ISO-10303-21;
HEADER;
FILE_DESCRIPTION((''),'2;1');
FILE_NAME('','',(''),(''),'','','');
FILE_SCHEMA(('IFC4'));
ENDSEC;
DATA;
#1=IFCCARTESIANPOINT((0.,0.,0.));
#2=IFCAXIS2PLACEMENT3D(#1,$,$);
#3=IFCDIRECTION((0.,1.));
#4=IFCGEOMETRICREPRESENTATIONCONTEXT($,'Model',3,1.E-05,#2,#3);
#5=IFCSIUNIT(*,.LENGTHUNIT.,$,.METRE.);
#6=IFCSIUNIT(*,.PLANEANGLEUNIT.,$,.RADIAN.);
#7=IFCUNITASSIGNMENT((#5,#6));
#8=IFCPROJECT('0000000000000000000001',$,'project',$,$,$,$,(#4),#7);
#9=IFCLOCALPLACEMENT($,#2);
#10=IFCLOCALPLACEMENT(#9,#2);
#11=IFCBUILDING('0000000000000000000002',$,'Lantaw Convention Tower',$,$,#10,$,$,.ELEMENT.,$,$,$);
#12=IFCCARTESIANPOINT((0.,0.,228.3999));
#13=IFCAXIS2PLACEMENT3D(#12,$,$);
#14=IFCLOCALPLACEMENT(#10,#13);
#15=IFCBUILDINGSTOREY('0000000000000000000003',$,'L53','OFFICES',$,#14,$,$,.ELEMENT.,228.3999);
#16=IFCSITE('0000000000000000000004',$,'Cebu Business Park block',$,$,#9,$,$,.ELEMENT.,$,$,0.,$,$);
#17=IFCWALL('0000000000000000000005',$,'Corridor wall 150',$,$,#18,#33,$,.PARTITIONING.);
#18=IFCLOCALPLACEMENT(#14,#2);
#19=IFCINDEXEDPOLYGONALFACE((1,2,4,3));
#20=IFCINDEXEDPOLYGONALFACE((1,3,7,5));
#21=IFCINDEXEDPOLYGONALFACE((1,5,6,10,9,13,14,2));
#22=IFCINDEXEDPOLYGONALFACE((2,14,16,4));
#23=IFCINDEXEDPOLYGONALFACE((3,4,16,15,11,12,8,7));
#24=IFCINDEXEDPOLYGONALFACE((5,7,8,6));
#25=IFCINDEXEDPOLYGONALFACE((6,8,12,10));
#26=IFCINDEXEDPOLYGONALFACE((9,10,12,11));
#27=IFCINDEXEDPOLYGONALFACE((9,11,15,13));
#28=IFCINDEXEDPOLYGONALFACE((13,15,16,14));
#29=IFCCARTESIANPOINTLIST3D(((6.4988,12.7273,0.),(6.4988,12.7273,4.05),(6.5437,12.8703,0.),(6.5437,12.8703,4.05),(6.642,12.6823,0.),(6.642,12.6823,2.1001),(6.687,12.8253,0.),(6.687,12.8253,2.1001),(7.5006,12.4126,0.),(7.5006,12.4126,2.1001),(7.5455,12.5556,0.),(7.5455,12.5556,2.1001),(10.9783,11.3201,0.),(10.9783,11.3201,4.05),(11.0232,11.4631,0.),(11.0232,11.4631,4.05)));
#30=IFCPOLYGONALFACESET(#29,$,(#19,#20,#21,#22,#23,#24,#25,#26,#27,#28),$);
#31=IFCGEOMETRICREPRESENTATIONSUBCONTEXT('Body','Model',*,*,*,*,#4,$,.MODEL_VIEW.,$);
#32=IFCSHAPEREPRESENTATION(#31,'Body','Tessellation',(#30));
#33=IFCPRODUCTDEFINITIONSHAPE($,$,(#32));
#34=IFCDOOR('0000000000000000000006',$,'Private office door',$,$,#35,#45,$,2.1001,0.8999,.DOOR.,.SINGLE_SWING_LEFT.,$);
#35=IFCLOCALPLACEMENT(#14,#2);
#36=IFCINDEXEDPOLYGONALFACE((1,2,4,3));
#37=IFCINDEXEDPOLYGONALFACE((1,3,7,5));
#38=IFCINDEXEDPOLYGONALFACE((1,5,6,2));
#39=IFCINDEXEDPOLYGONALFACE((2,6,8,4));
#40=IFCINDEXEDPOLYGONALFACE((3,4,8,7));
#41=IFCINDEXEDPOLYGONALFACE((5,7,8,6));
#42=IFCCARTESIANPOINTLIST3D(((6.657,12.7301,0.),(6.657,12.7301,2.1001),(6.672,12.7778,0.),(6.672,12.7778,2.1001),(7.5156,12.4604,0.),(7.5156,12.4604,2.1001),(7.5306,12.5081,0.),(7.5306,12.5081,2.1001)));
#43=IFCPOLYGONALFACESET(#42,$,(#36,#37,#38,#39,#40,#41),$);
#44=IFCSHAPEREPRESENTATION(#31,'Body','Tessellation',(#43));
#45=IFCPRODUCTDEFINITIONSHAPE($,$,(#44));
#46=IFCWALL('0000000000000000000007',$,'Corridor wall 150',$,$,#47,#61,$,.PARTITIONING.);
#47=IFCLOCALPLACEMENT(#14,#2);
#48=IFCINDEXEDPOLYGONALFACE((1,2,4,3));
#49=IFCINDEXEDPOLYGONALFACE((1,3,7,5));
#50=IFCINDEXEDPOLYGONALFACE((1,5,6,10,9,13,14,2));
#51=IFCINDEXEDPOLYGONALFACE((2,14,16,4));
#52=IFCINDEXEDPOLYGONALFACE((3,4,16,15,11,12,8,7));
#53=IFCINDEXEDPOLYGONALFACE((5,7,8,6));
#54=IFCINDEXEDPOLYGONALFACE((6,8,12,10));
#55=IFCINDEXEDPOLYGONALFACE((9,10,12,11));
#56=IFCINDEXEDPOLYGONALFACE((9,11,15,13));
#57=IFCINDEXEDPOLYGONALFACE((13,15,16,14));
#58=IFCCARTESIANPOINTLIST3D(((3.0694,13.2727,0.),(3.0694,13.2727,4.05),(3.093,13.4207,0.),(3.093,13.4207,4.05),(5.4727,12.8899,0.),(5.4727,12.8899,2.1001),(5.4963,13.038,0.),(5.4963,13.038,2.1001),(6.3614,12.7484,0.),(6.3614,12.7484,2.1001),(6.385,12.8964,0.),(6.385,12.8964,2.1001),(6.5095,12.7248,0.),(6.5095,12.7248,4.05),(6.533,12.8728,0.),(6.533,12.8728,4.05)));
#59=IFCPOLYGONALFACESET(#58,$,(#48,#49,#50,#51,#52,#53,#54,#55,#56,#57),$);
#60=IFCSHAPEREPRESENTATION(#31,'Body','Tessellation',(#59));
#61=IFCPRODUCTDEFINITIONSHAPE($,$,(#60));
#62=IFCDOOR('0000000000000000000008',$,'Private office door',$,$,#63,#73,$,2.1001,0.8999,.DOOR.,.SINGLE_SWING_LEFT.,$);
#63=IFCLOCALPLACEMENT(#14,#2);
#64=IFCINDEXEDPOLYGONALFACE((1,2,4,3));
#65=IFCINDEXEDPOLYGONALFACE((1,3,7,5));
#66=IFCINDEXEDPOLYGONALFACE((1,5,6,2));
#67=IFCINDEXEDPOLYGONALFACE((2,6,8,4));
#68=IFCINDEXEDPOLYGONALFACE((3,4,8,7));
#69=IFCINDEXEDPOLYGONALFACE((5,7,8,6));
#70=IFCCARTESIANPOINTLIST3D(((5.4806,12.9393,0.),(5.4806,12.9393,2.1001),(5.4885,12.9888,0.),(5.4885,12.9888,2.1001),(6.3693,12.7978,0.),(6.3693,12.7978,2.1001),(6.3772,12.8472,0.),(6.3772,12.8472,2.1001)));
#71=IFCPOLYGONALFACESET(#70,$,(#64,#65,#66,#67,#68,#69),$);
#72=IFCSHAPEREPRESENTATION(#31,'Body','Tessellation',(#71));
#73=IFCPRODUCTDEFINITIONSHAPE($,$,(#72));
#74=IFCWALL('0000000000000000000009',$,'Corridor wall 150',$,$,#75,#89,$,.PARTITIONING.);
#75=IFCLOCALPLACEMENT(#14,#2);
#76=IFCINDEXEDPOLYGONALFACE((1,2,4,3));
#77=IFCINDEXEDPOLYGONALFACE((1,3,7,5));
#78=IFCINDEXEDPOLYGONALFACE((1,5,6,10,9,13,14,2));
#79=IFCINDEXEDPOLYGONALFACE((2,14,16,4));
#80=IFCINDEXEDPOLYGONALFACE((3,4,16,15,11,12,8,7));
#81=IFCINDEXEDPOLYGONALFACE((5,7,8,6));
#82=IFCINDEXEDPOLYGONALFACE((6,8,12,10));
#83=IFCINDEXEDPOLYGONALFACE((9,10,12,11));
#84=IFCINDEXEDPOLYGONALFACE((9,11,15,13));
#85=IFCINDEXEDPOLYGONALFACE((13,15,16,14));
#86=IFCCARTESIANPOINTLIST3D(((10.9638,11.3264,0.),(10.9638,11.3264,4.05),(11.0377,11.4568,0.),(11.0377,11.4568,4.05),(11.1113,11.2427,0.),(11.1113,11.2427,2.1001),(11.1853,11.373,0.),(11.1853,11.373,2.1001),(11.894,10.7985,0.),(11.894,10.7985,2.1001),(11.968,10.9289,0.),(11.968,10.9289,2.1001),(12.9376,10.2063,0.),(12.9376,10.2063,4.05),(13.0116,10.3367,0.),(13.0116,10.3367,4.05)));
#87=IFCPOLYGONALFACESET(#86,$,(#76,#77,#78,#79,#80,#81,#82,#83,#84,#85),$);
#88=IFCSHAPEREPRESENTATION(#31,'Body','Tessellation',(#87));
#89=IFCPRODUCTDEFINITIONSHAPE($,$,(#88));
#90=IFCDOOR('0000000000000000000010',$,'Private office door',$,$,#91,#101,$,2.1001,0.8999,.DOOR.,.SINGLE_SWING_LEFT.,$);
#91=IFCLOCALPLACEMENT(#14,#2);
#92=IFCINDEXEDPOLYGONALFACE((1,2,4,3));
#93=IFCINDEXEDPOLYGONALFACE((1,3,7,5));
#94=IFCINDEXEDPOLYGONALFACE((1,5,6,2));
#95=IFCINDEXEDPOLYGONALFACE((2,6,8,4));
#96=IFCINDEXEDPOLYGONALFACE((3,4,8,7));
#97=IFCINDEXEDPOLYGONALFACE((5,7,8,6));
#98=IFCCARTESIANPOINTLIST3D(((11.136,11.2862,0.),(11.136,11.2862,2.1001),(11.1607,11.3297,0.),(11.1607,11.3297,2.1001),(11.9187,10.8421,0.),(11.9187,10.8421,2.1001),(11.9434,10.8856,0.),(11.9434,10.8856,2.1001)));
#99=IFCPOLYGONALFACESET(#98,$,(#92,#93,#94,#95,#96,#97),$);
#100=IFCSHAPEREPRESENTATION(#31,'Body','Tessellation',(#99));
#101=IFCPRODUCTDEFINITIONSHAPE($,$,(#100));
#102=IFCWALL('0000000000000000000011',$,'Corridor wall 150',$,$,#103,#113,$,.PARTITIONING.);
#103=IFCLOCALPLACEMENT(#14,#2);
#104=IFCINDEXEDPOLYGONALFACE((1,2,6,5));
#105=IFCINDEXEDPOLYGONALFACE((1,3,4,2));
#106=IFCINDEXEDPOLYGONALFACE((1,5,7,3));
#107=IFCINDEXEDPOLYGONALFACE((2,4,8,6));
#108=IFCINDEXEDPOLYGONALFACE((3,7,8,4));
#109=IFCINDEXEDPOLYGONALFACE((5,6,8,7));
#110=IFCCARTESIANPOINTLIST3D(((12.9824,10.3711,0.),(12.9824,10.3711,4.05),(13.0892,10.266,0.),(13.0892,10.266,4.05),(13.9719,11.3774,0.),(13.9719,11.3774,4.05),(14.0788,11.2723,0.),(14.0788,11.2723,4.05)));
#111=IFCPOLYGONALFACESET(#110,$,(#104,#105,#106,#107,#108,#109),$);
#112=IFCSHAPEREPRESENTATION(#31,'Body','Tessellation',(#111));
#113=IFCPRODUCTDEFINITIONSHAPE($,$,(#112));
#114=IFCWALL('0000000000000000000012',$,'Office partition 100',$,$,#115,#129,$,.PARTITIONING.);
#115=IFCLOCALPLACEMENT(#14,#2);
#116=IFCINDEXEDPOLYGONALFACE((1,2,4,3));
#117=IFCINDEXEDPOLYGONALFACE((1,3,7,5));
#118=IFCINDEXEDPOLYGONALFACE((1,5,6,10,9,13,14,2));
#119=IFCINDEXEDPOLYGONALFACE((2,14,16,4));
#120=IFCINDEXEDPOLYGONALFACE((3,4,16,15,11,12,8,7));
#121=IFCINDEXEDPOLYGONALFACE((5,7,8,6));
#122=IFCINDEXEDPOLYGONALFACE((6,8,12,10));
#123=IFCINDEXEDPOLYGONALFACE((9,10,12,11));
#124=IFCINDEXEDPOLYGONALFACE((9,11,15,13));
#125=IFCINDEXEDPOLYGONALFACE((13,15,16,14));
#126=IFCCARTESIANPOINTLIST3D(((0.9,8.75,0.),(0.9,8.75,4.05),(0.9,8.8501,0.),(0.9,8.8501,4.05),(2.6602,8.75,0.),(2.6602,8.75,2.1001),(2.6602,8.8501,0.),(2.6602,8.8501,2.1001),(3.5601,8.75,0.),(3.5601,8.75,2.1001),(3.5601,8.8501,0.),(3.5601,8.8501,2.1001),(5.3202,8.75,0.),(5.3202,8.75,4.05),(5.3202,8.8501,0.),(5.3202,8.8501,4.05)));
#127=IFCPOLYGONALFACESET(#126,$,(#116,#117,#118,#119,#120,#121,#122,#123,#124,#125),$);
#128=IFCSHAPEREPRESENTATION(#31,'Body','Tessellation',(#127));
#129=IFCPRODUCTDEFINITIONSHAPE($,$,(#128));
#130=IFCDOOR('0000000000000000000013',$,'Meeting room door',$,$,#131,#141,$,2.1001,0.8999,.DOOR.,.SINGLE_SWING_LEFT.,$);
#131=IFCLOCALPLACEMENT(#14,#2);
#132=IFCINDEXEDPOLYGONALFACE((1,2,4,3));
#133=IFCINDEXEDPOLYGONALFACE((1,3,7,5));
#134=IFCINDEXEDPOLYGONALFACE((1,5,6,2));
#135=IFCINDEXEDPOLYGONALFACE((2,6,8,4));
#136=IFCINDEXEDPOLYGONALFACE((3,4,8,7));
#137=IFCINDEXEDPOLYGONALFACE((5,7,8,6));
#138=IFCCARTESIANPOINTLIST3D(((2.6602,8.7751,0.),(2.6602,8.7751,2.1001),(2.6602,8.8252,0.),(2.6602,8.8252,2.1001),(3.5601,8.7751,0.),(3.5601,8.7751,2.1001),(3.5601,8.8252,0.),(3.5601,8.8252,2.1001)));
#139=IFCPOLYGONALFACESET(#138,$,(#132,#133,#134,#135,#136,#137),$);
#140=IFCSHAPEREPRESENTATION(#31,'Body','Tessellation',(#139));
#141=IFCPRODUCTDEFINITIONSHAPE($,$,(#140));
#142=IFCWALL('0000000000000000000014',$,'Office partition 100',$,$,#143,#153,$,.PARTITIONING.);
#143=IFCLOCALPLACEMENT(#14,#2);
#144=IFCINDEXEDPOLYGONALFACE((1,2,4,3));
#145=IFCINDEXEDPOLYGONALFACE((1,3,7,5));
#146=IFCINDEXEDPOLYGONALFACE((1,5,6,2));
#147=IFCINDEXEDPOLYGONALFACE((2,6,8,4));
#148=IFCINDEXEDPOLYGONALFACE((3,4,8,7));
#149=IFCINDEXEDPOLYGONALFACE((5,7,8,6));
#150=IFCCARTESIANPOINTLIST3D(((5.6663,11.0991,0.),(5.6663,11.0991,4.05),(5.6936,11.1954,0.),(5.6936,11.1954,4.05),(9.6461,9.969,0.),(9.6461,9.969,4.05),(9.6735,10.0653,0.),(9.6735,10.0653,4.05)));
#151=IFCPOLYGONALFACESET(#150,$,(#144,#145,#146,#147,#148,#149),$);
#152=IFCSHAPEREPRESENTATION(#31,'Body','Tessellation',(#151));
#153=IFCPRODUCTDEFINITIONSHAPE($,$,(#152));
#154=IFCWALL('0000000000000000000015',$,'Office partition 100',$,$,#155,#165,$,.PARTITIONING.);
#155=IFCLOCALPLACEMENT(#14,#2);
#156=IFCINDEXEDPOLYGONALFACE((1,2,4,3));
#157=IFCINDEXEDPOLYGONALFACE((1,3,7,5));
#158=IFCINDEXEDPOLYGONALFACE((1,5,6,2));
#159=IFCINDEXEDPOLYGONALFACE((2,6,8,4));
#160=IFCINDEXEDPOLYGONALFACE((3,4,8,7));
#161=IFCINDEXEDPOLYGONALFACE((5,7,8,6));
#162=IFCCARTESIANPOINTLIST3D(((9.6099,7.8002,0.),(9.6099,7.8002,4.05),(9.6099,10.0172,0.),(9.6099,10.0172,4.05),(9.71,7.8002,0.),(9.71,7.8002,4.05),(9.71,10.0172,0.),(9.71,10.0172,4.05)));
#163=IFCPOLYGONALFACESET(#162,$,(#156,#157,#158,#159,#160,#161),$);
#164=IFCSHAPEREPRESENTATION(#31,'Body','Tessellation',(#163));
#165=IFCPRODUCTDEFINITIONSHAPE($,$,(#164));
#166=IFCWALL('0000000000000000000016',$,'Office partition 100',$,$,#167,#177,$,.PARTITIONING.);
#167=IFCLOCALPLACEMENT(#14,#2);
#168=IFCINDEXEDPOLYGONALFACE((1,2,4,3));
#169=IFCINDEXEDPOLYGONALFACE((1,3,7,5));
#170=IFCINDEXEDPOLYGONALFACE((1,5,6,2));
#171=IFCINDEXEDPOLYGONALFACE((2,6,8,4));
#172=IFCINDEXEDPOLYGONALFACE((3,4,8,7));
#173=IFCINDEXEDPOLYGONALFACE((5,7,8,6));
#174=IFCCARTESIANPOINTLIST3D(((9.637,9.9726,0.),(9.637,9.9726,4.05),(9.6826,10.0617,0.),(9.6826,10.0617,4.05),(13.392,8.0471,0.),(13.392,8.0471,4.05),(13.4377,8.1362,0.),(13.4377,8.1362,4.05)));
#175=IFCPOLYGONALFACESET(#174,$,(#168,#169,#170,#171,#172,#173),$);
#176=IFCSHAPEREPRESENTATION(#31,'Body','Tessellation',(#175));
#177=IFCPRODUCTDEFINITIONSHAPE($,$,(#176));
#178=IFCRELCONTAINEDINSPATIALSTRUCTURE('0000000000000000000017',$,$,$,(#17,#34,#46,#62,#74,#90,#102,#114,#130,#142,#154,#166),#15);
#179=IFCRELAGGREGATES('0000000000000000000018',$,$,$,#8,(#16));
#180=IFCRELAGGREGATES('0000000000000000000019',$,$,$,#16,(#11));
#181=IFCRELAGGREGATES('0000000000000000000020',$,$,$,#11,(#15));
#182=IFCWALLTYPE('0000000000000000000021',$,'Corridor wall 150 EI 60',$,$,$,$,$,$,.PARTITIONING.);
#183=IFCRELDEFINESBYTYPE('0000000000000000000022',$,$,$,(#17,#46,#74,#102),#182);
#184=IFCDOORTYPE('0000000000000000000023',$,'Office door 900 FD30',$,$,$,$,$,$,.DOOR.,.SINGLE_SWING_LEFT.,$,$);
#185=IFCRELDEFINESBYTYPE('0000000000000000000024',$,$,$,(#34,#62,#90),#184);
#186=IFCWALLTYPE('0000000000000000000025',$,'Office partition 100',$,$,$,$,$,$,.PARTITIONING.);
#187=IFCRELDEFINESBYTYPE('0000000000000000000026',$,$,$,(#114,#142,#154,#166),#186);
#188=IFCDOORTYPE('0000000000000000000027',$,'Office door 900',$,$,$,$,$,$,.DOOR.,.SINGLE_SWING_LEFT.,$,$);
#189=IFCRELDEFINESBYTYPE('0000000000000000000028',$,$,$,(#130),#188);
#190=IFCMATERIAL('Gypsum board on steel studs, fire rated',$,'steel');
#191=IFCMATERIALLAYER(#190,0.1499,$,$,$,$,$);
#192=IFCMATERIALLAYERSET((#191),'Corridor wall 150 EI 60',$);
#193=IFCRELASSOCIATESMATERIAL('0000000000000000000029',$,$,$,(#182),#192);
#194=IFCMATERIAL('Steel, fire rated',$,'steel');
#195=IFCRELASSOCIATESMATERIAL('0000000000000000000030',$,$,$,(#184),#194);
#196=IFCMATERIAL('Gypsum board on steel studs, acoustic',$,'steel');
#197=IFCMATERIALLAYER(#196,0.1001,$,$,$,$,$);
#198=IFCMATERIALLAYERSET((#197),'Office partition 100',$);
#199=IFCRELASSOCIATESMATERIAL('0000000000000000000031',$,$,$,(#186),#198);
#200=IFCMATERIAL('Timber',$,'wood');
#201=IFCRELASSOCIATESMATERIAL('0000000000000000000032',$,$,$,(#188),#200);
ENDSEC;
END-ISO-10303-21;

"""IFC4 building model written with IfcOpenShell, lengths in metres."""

from ifc_helpers import new_model, si_unit, direction, frame, frame_2d, origin, place, context, subcontext, project, spatial, rectangle, extrude, material, layer, layer_set, type_object, element, fill, save


model = new_model("IFC4")

# Units and contexts
model_context = context("Model", 3, precision=1e-05, world=origin(), true_north=direction((0.0, 1.0)))
body_context = subcontext(model_context, "Body", "Model", "MODEL_VIEW")
ifc_project = project(units=[si_unit("LENGTHUNIT", "METRE"), si_unit("PLANEANGLEUNIT", "RADIAN")], contexts=[model_context])

# Site, building, storey
site_placement = place(None, origin())
site = spatial("IfcSite", under=ifc_project, at=site_placement, Name="Cebu Business Park block", CompositionType="ELEMENT", RefElevation=0.0)
building_placement = place(site_placement, origin())
building = spatial("IfcBuilding", under=site, at=building_placement, Name="Lantaw Convention Tower", CompositionType="ELEMENT")
storey_placement = place(building_placement, frame((0.0, 0.0, 228.3999)))
storey = spatial("IfcBuildingStorey", under=building, at=storey_placement, Name="L53", Description="OFFICES", CompositionType="ELEMENT", Elevation=228.3999)

# Walls, openings, doors
ifc_material_1 = material(Name="Gypsum board on steel studs, fire rated", Category="steel")
ifc_layer_1 = layer(ifc_material_1, 0.1499)
ifc_layer_set_1 = layer_set([ifc_layer_1], Name="Corridor wall 150 EI 60")
wall_type_1 = type_object("IfcWallType", Name="Corridor wall 150 EI 60", PredefinedType="PARTITIONING", material=ifc_layer_set_1)
wall_1_placement = place(storey_placement, frame((11.0007, 11.3916, 0.0), z_axis=(0.0, 0.0, 1.0), x_axis=(-0.954031, 0.299708, 0.0)))
wall_1 = element("IfcWall", 1, at=wall_1_placement, inside=storey, type_object=wall_type_1, Name="Corridor wall 150", PredefinedType="PARTITIONING", context=body_context, shape_type="SweptSolid", body=[
    extrude(rectangle(XDim=4.6953, YDim=0.1499, at=frame_2d((2.3477, 0.0))), origin(), (0.0, 0.0, 1.0), 4.05),
])
opening_1_placement = place(wall_1_placement, frame((3.6453, 0.0, 0.0)))
opening_1 = element("IfcOpeningElement", 2, at=opening_1_placement, cuts=wall_1, PredefinedType="OPENING", context=body_context, shape_type="SweptSolid", body=[
    extrude(rectangle(XDim=0.8999, YDim=2.1001, at=frame_2d((0.45, 1.05))), frame((0.0, 0.085, 0.0), z_axis=(0.0, -1.0, 0.0), x_axis=(1.0, 0.0, 0.0)), (0.0, 0.0, 1.0), 0.1699),
])
ifc_material_2 = material(Name="Steel, fire rated", Category="steel")
door_type_1 = type_object("IfcDoorType", Name="Office door 900 FD30", OperationType="SINGLE_SWING_LEFT", PredefinedType="DOOR", material=ifc_material_2)
door_1_placement = place(opening_1_placement, origin())
door_1 = element("IfcDoor", 3, at=door_1_placement, inside=storey, type_object=door_type_1, Name="Private office door", OperationType="SINGLE_SWING_LEFT", OverallHeight=2.1001, OverallWidth=0.8999, PredefinedType="DOOR", context=body_context, shape_type="SweptSolid", body=[
    extrude(rectangle(XDim=0.8999, YDim=2.1001, at=frame_2d((0.45, 1.05))), frame((0.0, 0.0249, 0.0), z_axis=(0.0, -1.0, 0.0), x_axis=(1.0, 0.0, 0.0)), (0.0, 0.0, 1.0), 0.05),
])
fill(opening_1, door_1)
wall_2_placement = place(storey_placement, frame((6.5212, 12.7988, 0.0), z_axis=(0.0, 0.0, 1.0), x_axis=(-0.987554, 0.15728, 0.0)))
wall_2 = element("IfcWall", 4, at=wall_2_placement, inside=storey, type_object=wall_type_1, Name="Corridor wall 150", PredefinedType="PARTITIONING", context=body_context, shape_type="SweptSolid", body=[
    extrude(rectangle(XDim=3.4834, YDim=0.1499, at=frame_2d((1.7417, 0.0))), origin(), (0.0, 0.0, 1.0), 4.05),
])
opening_2_placement = place(wall_2_placement, frame((0.1499, 0.0, 0.0)))
opening_2 = element("IfcOpeningElement", 5, at=opening_2_placement, cuts=wall_2, PredefinedType="OPENING", context=body_context, shape_type="SweptSolid", body=[
    extrude(rectangle(XDim=0.8999, YDim=2.1001, at=frame_2d((0.45, 1.05))), frame((0.0, 0.085, 0.0), z_axis=(0.0, -1.0, 0.0), x_axis=(1.0, 0.0, 0.0)), (0.0, 0.0, 1.0), 0.1699),
])
door_2_placement = place(opening_2_placement, origin())
door_2 = element("IfcDoor", 6, at=door_2_placement, inside=storey, type_object=door_type_1, Name="Private office door", OperationType="SINGLE_SWING_LEFT", OverallHeight=2.1001, OverallWidth=0.8999, PredefinedType="DOOR", context=body_context, shape_type="SweptSolid", body=[
    extrude(rectangle(XDim=0.8999, YDim=2.1001, at=frame_2d((0.45, 1.05))), frame((0.0, 0.0249, 0.0), z_axis=(0.0, -1.0, 0.0), x_axis=(1.0, 0.0, 0.0)), (0.0, 0.0, 1.0), 0.05),
])
fill(opening_2, door_2)
wall_3_placement = place(storey_placement, frame((12.9746, 10.2715, 0.0), z_axis=(0.0, 0.0, 1.0), x_axis=(-0.869722, 0.493542, 0.0)))
wall_3 = element("IfcWall", 7, at=wall_3_placement, inside=storey, type_object=wall_type_1, Name="Corridor wall 150", PredefinedType="PARTITIONING", context=body_context, shape_type="SweptSolid", body=[
    extrude(rectangle(XDim=2.2695, YDim=0.1499, at=frame_2d((1.1348, 0.0))), origin(), (0.0, 0.0, 1.0), 4.05),
])
opening_3_placement = place(wall_3_placement, frame((1.2, 0.0, 0.0)))
opening_3 = element("IfcOpeningElement", 8, at=opening_3_placement, cuts=wall_3, PredefinedType="OPENING", context=body_context, shape_type="SweptSolid", body=[
    extrude(rectangle(XDim=0.8999, YDim=2.1001, at=frame_2d((0.45, 1.05))), frame((0.0, 0.085, 0.0), z_axis=(0.0, -1.0, 0.0), x_axis=(1.0, 0.0, 0.0)), (0.0, 0.0, 1.0), 0.1699),
])
door_3_placement = place(opening_3_placement, origin())
door_3 = element("IfcDoor", 9, at=door_3_placement, inside=storey, type_object=door_type_1, Name="Private office door", OperationType="SINGLE_SWING_LEFT", OverallHeight=2.1001, OverallWidth=0.8999, PredefinedType="DOOR", context=body_context, shape_type="SweptSolid", body=[
    extrude(rectangle(XDim=0.8999, YDim=2.1001, at=frame_2d((0.45, 1.05))), frame((0.0, 0.0249, 0.0), z_axis=(0.0, -1.0, 0.0), x_axis=(1.0, 0.0, 0.0)), (0.0, 0.0, 1.0), 0.05),
])
fill(opening_3, door_3)

# Wall
wall_4_placement = place(storey_placement, frame((13.0359, 10.3186, 0.0), z_axis=(0.0, 0.0, 1.0), x_axis=(0.701114, 0.71305, 0.0)))
element("IfcWall", 10, at=wall_4_placement, inside=storey, type_object=wall_type_1, Name="Corridor wall 150", PredefinedType="PARTITIONING", context=body_context, shape_type="SweptSolid", body=[
    extrude(rectangle(XDim=1.4114, YDim=0.1499, at=frame_2d((0.7056, 0.0))), origin(), (0.0, 0.0, 1.0), 4.05),
])

# Wall, opening, door
ifc_material_3 = material(Name="Gypsum board on steel studs, acoustic", Category="steel")
ifc_layer_2 = layer(ifc_material_3, 0.1001)
ifc_layer_set_2 = layer_set([ifc_layer_2], Name="Office partition 100")
wall_type_2 = type_object("IfcWallType", Name="Office partition 100", PredefinedType="PARTITIONING", material=ifc_layer_set_2)
wall_5_placement = place(storey_placement, frame((5.3201, 8.8, 0.0), z_axis=(0.0, 0.0, 1.0), x_axis=(-1.0, 0.0, 0.0)))
wall_5 = element("IfcWall", 11, at=wall_5_placement, inside=storey, type_object=wall_type_2, Name="Office partition 100", PredefinedType="PARTITIONING", context=body_context, shape_type="SweptSolid", body=[
    extrude(rectangle(XDim=4.4202, YDim=0.1001, at=frame_2d((2.21, 0.0))), origin(), (0.0, 0.0, 1.0), 4.05),
])
opening_4_placement = place(wall_5_placement, frame((1.76, 0.0, 0.0)))
opening_4 = element("IfcOpeningElement", 12, at=opening_4_placement, cuts=wall_5, PredefinedType="OPENING", context=body_context, shape_type="SweptSolid", body=[
    extrude(rectangle(XDim=0.8999, YDim=2.1001, at=frame_2d((0.45, 1.05))), frame((0.0, 0.0601, 0.0), z_axis=(0.0, -1.0, 0.0), x_axis=(1.0, 0.0, 0.0)), (0.0, 0.0, 1.0), 0.1201),
])
ifc_material_4 = material(Name="Timber", Category="wood")
door_type_2 = type_object("IfcDoorType", Name="Office door 900", OperationType="SINGLE_SWING_LEFT", PredefinedType="DOOR", material=ifc_material_4)
door_4_placement = place(opening_4_placement, origin())
door_4 = element("IfcDoor", 13, at=door_4_placement, inside=storey, type_object=door_type_2, Name="Meeting room door", OperationType="SINGLE_SWING_LEFT", OverallHeight=2.1001, OverallWidth=0.8999, PredefinedType="DOOR", context=body_context, shape_type="SweptSolid", body=[
    extrude(rectangle(XDim=0.8999, YDim=2.1001, at=frame_2d((0.45, 1.05))), frame((0.0, 0.0249, 0.0), z_axis=(0.0, -1.0, 0.0), x_axis=(1.0, 0.0, 0.0)), (0.0, 0.0, 1.0), 0.05),
])
fill(opening_4, door_4)

# Walls
wall_6_placement = place(storey_placement, frame((5.6799, 11.1472, 0.0), z_axis=(0.0, 0.0, 1.0), x_axis=(0.96197, -0.273154, 0.0)))
element("IfcWall", 14, at=wall_6_placement, inside=storey, type_object=wall_type_2, Name="Office partition 100", PredefinedType="PARTITIONING", context=body_context, shape_type="SweptSolid", body=[
    extrude(rectangle(XDim=4.1372, YDim=0.1001, at=frame_2d((2.0686, 0.0))), origin(), (0.0, 0.0, 1.0), 4.05),
])
wall_7_placement = place(storey_placement, frame((9.6599, 10.0171, 0.0), z_axis=(0.0, 0.0, 1.0), x_axis=(0.0, -1.0, 0.0)))
element("IfcWall", 15, at=wall_7_placement, inside=storey, type_object=wall_type_2, Name="Office partition 100", PredefinedType="PARTITIONING", context=body_context, shape_type="SweptSolid", body=[
    extrude(rectangle(XDim=2.217, YDim=0.1001, at=frame_2d((1.1084, 0.0))), origin(), (0.0, 0.0, 1.0), 4.05),
])
wall_8_placement = place(storey_placement, frame((9.6599, 10.0171, 0.0), z_axis=(0.0, 0.0, 1.0), x_axis=(0.889834, -0.456285, 0.0)))
element("IfcWall", 16, at=wall_8_placement, inside=storey, type_object=wall_type_2, Name="Office partition 100", PredefinedType="PARTITIONING", context=body_context, shape_type="SweptSolid", body=[
    extrude(rectangle(XDim=4.22, YDim=0.1001, at=frame_2d((2.1099, 0.0))), origin(), (0.0, 0.0, 1.0), 4.05),
])

save(model, "model.ifc")
